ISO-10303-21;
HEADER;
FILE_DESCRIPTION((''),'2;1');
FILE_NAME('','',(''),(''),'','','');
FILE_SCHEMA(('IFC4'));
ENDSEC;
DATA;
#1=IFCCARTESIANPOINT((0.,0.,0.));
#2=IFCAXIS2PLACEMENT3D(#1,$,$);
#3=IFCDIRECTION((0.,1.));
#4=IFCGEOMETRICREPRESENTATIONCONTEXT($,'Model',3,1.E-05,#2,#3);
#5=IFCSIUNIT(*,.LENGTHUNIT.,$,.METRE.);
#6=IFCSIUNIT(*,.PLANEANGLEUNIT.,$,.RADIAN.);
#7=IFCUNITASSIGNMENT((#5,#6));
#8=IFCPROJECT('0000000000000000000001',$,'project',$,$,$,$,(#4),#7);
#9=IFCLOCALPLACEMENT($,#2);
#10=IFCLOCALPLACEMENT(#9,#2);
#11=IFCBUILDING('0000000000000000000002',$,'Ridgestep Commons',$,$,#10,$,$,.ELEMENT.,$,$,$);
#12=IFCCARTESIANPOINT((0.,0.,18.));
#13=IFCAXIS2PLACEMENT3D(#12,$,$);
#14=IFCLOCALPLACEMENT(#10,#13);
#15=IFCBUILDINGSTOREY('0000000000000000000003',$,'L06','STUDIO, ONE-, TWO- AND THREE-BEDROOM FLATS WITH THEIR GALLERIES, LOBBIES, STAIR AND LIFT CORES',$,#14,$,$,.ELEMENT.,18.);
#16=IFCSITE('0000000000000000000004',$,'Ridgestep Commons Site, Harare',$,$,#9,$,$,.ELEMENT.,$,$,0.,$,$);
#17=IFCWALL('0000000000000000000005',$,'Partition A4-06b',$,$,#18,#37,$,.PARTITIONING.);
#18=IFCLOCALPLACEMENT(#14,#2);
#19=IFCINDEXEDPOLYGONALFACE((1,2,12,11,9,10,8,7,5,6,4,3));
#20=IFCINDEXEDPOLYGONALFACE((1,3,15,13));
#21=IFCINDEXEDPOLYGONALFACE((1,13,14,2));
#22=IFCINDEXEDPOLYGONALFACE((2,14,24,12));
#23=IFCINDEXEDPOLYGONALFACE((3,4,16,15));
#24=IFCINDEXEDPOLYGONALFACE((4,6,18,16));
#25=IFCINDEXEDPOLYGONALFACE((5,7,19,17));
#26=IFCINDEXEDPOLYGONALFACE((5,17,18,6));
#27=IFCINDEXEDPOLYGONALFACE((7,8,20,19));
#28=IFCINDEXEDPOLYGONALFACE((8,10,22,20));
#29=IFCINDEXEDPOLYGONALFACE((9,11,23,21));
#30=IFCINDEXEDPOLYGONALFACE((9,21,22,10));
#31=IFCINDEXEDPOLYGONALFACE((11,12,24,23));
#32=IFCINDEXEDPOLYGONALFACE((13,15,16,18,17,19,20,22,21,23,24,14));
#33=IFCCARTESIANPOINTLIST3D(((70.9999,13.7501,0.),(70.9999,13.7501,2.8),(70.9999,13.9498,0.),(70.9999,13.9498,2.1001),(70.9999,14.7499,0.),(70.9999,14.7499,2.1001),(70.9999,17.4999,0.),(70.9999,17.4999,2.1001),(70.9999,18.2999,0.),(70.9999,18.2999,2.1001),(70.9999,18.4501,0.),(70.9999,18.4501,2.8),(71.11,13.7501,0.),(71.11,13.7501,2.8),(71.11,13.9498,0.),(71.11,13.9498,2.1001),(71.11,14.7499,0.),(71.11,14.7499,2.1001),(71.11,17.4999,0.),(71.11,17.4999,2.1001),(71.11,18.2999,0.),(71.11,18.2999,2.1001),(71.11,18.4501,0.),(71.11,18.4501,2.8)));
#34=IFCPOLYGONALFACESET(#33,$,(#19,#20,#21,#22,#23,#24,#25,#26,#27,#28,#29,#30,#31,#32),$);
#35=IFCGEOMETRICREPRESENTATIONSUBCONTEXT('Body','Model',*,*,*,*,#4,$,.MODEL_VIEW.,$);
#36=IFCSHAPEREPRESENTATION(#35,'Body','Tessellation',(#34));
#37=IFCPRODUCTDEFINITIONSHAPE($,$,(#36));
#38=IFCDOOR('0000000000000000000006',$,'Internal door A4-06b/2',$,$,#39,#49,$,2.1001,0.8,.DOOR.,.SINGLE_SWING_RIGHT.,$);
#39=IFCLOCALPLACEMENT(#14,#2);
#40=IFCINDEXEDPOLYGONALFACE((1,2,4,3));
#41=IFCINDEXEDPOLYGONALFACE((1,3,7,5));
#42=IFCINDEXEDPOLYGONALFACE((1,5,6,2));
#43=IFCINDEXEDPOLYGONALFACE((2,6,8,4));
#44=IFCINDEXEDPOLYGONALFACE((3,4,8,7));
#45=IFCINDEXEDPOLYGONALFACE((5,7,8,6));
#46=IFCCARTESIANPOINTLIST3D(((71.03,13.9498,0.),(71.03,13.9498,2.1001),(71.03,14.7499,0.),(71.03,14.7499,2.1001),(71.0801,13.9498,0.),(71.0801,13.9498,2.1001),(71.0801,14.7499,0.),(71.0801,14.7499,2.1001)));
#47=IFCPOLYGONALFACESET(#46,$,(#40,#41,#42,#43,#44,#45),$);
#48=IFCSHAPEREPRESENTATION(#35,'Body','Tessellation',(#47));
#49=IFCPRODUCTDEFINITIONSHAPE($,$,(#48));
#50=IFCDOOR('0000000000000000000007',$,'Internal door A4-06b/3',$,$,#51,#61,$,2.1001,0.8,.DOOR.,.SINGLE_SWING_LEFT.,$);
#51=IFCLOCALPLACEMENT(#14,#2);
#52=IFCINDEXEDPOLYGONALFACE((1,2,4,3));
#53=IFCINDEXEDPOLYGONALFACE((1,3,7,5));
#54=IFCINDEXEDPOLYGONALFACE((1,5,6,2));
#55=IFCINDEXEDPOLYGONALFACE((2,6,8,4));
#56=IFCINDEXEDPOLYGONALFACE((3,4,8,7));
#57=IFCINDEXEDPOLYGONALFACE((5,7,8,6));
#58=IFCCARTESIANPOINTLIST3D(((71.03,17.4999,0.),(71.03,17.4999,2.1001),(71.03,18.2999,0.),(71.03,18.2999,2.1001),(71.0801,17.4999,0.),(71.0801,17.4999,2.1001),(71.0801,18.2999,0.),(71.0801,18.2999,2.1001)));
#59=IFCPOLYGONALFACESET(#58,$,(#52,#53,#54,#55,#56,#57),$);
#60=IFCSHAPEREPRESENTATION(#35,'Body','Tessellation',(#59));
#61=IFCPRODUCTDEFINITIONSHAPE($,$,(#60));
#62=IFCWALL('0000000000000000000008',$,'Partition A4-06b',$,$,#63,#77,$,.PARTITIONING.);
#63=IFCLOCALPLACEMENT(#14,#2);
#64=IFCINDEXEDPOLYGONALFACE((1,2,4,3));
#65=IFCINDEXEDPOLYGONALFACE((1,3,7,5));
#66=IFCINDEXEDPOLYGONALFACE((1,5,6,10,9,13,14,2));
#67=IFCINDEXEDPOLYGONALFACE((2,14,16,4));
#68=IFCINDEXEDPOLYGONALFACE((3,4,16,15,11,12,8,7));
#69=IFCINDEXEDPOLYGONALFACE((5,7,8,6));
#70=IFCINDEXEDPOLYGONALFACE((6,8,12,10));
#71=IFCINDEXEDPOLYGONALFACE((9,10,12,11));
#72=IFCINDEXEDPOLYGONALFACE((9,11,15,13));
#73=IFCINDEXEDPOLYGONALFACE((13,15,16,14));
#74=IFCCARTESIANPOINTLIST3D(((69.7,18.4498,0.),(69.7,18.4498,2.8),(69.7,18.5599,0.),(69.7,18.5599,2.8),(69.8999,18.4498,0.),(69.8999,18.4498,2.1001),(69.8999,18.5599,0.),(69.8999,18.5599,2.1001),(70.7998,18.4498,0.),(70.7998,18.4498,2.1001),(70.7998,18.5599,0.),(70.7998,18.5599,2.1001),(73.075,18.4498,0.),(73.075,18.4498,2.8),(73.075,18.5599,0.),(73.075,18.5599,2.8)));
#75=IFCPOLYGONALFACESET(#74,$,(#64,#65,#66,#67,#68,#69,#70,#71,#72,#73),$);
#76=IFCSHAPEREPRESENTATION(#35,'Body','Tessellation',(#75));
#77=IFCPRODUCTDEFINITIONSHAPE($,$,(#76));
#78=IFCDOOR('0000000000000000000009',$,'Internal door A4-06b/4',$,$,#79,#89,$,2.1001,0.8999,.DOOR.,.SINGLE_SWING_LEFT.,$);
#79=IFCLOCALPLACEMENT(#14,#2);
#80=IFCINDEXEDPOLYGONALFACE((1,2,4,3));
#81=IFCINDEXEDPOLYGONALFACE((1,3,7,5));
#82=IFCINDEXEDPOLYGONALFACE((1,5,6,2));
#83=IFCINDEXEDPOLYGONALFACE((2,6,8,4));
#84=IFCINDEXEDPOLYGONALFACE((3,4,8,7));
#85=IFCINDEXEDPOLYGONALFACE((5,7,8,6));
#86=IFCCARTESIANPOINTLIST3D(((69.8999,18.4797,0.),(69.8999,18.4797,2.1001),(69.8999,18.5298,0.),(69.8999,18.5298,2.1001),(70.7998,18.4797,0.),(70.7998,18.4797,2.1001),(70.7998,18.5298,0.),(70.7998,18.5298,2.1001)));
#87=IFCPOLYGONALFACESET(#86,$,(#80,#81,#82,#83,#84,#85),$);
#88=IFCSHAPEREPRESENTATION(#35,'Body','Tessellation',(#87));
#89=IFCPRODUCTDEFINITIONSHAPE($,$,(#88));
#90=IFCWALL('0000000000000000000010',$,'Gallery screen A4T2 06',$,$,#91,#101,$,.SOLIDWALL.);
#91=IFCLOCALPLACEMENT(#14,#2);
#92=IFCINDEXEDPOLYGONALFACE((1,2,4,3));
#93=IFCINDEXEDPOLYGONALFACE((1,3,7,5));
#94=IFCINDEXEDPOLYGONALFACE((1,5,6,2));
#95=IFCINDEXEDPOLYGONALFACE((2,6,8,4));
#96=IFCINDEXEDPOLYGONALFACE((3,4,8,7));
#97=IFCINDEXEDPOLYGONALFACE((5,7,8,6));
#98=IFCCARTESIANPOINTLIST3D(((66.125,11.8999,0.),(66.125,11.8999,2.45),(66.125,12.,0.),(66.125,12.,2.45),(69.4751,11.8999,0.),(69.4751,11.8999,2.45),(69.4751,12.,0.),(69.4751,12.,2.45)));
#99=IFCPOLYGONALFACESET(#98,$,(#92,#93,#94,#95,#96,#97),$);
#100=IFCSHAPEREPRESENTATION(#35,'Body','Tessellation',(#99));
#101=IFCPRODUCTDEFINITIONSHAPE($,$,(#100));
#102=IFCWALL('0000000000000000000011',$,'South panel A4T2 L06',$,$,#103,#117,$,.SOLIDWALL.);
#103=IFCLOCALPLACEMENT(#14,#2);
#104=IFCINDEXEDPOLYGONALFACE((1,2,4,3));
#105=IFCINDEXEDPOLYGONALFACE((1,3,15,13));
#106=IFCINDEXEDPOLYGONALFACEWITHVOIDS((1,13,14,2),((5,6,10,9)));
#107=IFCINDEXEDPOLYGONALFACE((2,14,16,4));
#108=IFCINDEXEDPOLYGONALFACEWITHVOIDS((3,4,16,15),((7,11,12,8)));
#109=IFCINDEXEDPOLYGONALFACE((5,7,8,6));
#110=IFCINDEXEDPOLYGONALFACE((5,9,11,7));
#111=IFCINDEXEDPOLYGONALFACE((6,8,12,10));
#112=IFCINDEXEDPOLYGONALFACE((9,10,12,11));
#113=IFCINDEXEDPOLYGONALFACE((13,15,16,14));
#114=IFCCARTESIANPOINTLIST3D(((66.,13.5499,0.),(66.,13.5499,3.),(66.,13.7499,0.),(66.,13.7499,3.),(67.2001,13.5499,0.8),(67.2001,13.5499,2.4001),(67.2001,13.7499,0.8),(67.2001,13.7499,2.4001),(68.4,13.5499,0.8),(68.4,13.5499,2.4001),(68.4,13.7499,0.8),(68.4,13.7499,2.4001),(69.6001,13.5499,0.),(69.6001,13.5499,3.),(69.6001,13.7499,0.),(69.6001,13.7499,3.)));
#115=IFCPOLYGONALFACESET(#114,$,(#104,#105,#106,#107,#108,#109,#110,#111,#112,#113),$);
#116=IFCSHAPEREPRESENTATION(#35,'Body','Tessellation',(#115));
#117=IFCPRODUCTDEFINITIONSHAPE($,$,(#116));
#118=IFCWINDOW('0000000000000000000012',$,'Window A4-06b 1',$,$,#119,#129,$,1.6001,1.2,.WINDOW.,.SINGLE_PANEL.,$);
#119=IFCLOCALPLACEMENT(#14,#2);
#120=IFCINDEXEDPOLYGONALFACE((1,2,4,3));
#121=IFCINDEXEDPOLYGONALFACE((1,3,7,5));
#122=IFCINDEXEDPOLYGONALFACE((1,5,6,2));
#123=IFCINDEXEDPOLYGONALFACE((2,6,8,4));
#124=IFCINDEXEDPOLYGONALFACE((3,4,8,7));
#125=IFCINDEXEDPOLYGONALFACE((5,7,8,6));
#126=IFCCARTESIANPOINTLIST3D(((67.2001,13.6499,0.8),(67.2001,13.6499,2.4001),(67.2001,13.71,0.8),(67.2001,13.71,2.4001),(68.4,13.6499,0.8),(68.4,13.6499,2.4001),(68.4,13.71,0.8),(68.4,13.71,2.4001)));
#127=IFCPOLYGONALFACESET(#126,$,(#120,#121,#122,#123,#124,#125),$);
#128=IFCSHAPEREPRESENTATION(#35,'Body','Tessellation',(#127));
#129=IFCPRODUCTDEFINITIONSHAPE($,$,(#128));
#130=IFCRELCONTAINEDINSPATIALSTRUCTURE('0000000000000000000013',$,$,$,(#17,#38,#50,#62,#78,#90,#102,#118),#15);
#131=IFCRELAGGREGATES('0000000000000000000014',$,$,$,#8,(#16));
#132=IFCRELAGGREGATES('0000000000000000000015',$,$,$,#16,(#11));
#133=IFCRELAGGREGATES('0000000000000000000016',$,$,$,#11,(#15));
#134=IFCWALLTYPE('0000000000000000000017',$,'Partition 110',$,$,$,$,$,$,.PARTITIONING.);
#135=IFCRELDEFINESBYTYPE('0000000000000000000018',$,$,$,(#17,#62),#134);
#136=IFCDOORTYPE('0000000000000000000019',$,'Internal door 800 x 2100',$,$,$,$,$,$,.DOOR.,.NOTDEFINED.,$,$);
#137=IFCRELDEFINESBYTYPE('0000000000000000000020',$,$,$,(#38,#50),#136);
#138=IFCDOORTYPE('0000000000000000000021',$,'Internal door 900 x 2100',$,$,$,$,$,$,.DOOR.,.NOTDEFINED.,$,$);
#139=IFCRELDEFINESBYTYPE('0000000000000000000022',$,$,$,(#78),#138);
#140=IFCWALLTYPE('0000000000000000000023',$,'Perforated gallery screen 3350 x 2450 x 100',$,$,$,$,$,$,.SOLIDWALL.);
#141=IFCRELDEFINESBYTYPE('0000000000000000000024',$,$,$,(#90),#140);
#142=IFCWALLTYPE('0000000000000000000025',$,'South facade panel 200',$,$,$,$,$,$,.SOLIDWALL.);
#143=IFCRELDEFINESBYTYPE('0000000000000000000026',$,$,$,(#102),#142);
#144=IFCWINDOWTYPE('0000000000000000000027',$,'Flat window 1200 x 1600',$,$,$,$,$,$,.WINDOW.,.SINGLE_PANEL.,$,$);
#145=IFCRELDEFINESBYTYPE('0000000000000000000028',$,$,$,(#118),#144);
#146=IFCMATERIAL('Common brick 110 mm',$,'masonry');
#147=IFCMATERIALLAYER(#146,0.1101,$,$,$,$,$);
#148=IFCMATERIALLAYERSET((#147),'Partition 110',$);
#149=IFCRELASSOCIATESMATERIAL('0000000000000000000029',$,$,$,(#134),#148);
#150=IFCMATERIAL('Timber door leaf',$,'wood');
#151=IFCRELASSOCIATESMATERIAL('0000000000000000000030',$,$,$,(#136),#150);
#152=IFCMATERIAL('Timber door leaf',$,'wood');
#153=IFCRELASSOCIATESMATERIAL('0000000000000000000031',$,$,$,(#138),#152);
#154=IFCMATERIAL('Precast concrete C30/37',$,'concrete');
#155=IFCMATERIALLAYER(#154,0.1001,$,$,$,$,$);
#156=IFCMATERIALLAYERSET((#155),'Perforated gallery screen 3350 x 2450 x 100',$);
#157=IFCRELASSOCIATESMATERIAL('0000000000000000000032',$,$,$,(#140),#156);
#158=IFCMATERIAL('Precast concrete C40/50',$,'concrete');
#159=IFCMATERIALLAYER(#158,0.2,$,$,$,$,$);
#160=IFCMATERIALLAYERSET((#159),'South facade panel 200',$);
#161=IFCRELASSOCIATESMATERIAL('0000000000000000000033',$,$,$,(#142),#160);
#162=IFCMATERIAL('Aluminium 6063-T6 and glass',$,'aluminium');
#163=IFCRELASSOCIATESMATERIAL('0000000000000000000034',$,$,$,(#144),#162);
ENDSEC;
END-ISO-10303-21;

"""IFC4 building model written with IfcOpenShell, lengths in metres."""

from ifc_helpers import new_model, si_unit, direction, frame, frame_2d, origin, place, context, subcontext, project, spatial, rectangle, extrude, material, layer, layer_set, type_object, element, fill, save


model = new_model("IFC4")

# Units and contexts
model_context = context("Model", 3, precision=1e-05, world=origin(), true_north=direction((0.0, 1.0)))
body_context = subcontext(model_context, "Body", "Model", "MODEL_VIEW")
ifc_project = project(units=[si_unit("LENGTHUNIT", "METRE"), si_unit("PLANEANGLEUNIT", "RADIAN")], contexts=[model_context])

# Site, building, storey
site_placement = place(None, origin())
site = spatial("IfcSite", under=ifc_project, at=site_placement, Name="Ridgestep Commons Site, Harare", CompositionType="ELEMENT", RefElevation=0.0)
building_placement = place(site_placement, origin())
building = spatial("IfcBuilding", under=site, at=building_placement, Name="Ridgestep Commons", CompositionType="ELEMENT")
storey_placement = place(building_placement, frame((0.0, 0.0, 18.0)))
storey = spatial("IfcBuildingStorey", under=building, at=storey_placement, Name="L06", Description="STUDIO, ONE-, TWO- AND THREE-BEDROOM FLATS WITH THEIR GALLERIES, LOBBIES, STAIR AND LIFT CORES", CompositionType="ELEMENT", Elevation=18.0)

# Wall, openings, doors
ifc_material_1 = material(Name="Common brick 110 mm", Category="masonry")
ifc_layer_1 = layer(ifc_material_1, 0.1101)
ifc_layer_set_1 = layer_set([ifc_layer_1], Name="Partition 110")
wall_type_1 = type_object("IfcWallType", Name="Partition 110", PredefinedType="PARTITIONING", material=ifc_layer_set_1)
ifc_material_2 = material(Name="Timber door leaf", Category="wood")
door_type_1 = type_object("IfcDoorType", Name="Internal door 800 x 2100", OperationType="NOTDEFINED", PredefinedType="DOOR", material=ifc_material_2)
wall_1_placement = place(storey_placement, frame((71.0549, 13.75, 0.0), z_axis=(0.0, 0.0, 1.0), x_axis=(0.0, 1.0, 0.0)))
wall_1 = element("IfcWall", 1, at=wall_1_placement, inside=storey, type_object=wall_type_1, Name="Partition A4-06b", PredefinedType="PARTITIONING", context=body_context, shape_type="SweptSolid", body=[
    extrude(rectangle(XDim=4.7, YDim=0.1101, at=frame_2d((2.3501, 0.0))), origin(), (0.0, 0.0, 1.0), 2.8),
])
opening_1_placement = place(wall_1_placement, frame((0.2, 0.0, 0.0)))
opening_1 = element("IfcOpeningElement", 2, at=opening_1_placement, cuts=wall_1, PredefinedType="OPENING", context=body_context, shape_type="SweptSolid", body=[
    extrude(rectangle(XDim=0.8, YDim=2.1001, at=frame_2d((0.3999, 1.05))), frame((0.0, 0.0649, 0.0), z_axis=(0.0, -1.0, 0.0), x_axis=(1.0, 0.0, 0.0)), (0.0, 0.0, 1.0), 0.1301),
])
opening_2_placement = place(wall_1_placement, frame((3.75, 0.0, 0.0)))
opening_2 = element("IfcOpeningElement", 3, at=opening_2_placement, cuts=wall_1, PredefinedType="OPENING", context=body_context, shape_type="SweptSolid", body=[
    extrude(rectangle(XDim=0.8, YDim=2.1001, at=frame_2d((0.3999, 1.05))), frame((0.0, 0.0649, 0.0), z_axis=(0.0, -1.0, 0.0), x_axis=(1.0, 0.0, 0.0)), (0.0, 0.0, 1.0), 0.1301),
])
door_1_placement = place(opening_1_placement, origin())
door_1 = element("IfcDoor", 4, at=door_1_placement, inside=storey, type_object=door_type_1, Name="Internal door A4-06b/2", OperationType="SINGLE_SWING_RIGHT", OverallHeight=2.1001, OverallWidth=0.8, PredefinedType="DOOR", context=body_context, shape_type="SweptSolid", body=[
    extrude(rectangle(XDim=0.8, YDim=2.1001, at=frame_2d((0.3999, 1.05))), frame((0.0, 0.0249, 0.0), z_axis=(0.0, -1.0, 0.0), x_axis=(1.0, 0.0, 0.0)), (0.0, 0.0, 1.0), 0.05),
])
fill(opening_1, door_1)
door_2_placement = place(opening_2_placement, origin())
door_2 = element("IfcDoor", 5, at=door_2_placement, inside=storey, type_object=door_type_1, Name="Internal door A4-06b/3", OperationType="SINGLE_SWING_LEFT", OverallHeight=2.1001, OverallWidth=0.8, PredefinedType="DOOR", context=body_context, shape_type="SweptSolid", body=[
    extrude(rectangle(XDim=0.8, YDim=2.1001, at=frame_2d((0.3999, 1.05))), frame((0.0, 0.0249, 0.0), z_axis=(0.0, -1.0, 0.0), x_axis=(1.0, 0.0, 0.0)), (0.0, 0.0, 1.0), 0.05),
])
fill(opening_2, door_2)

# Wall, opening, door
wall_2_placement = place(storey_placement, frame((69.7, 18.5049, 0.0), z_axis=(0.0, 0.0, 1.0), x_axis=(1.0, 0.0, 0.0)))
wall_2 = element("IfcWall", 6, at=wall_2_placement, inside=storey, type_object=wall_type_1, Name="Partition A4-06b", PredefinedType="PARTITIONING", context=body_context, shape_type="SweptSolid", body=[
    extrude(rectangle(XDim=3.375, YDim=0.1101, at=frame_2d((1.6875, 0.0))), origin(), (0.0, 0.0, 1.0), 2.8),
])
opening_3_placement = place(wall_2_placement, frame((0.2, 0.0, 0.0)))
opening_3 = element("IfcOpeningElement", 7, at=opening_3_placement, cuts=wall_2, PredefinedType="OPENING", context=body_context, shape_type="SweptSolid", body=[
    extrude(rectangle(XDim=0.8999, YDim=2.1001, at=frame_2d((0.45, 1.05))), frame((0.0, 0.0649, 0.0), z_axis=(0.0, -1.0, 0.0), x_axis=(1.0, 0.0, 0.0)), (0.0, 0.0, 1.0), 0.1301),
])
ifc_material_3 = material(Name="Timber door leaf", Category="wood")
door_type_2 = type_object("IfcDoorType", Name="Internal door 900 x 2100", OperationType="NOTDEFINED", PredefinedType="DOOR", material=ifc_material_3)
door_3_placement = place(opening_3_placement, origin())
door_3 = element("IfcDoor", 8, at=door_3_placement, inside=storey, type_object=door_type_2, Name="Internal door A4-06b/4", OperationType="SINGLE_SWING_LEFT", OverallHeight=2.1001, OverallWidth=0.8999, PredefinedType="DOOR", context=body_context, shape_type="SweptSolid", body=[
    extrude(rectangle(XDim=0.8999, YDim=2.1001, at=frame_2d((0.45, 1.05))), frame((0.0, 0.0249, 0.0), z_axis=(0.0, -1.0, 0.0), x_axis=(1.0, 0.0, 0.0)), (0.0, 0.0, 1.0), 0.05),
])
fill(opening_3, door_3)

# Wall
ifc_material_4 = material(Name="Precast concrete C30/37", Category="concrete")
ifc_layer_2 = layer(ifc_material_4, 0.1001)
ifc_layer_set_2 = layer_set([ifc_layer_2], Name="Perforated gallery screen 3350 x 2450 x 100")
wall_type_2 = type_object("IfcWallType", Name="Perforated gallery screen 3350 x 2450 x 100", PredefinedType="SOLIDWALL", material=ifc_layer_set_2)
wall_3_placement = place(storey_placement, frame((66.125, 11.95, 0.0), z_axis=(0.0, 0.0, 1.0), x_axis=(1.0, 0.0, 0.0)))
element("IfcWall", 9, at=wall_3_placement, inside=storey, type_object=wall_type_2, Name="Gallery screen A4T2 06", PredefinedType="SOLIDWALL", context=body_context, shape_type="SweptSolid", body=[
    extrude(rectangle(XDim=3.3501, YDim=0.1001, at=frame_2d((1.675, 0.0))), origin(), (0.0, 0.0, 1.0), 2.45),
])

# Wall, opening, window
ifc_material_5 = material(Name="Precast concrete C40/50", Category="concrete")
ifc_layer_3 = layer(ifc_material_5, 0.2)
ifc_layer_set_3 = layer_set([ifc_layer_3], Name="South facade panel 200")
wall_type_3 = type_object("IfcWallType", Name="South facade panel 200", PredefinedType="SOLIDWALL", material=ifc_layer_set_3)
wall_4_placement = place(storey_placement, frame((66.0, 13.6499, 0.0), z_axis=(0.0, 0.0, 1.0), x_axis=(1.0, 0.0, 0.0)))
wall_4 = element("IfcWall", 10, at=wall_4_placement, inside=storey, type_object=wall_type_3, Name="South panel A4T2 L06", PredefinedType="SOLIDWALL", context=body_context, shape_type="SweptSolid", body=[
    extrude(rectangle(XDim=3.6001, YDim=0.2, at=frame_2d((1.8, 0.0))), origin(), (0.0, 0.0, 1.0), 3.0),
])
opening_4_placement = place(wall_4_placement, frame((1.2, 0.0, 0.8)))
opening_4 = element("IfcOpeningElement", 11, at=opening_4_placement, cuts=wall_4, PredefinedType="OPENING", context=body_context, shape_type="SweptSolid", body=[
    extrude(rectangle(XDim=1.2, YDim=1.6001, at=frame_2d((0.6001, 0.8))), frame((0.0, 0.1099, 0.0), z_axis=(0.0, -1.0, 0.0), x_axis=(1.0, 0.0, 0.0)), (0.0, 0.0, 1.0), 0.22),
])
ifc_material_6 = material(Name="Aluminium 6063-T6 and glass", Category="aluminium")
window_type_1 = type_object("IfcWindowType", Name="Flat window 1200 x 1600", PartitioningType="SINGLE_PANEL", PredefinedType="WINDOW", material=ifc_material_6)
window_1_placement = place(opening_4_placement, origin())
window_1 = element("IfcWindow", 12, at=window_1_placement, inside=storey, type_object=window_type_1, Name="Window A4-06b 1", OverallHeight=1.6001, OverallWidth=1.2, PartitioningType="SINGLE_PANEL", PredefinedType="WINDOW", context=body_context, shape_type="SweptSolid", body=[
    extrude(rectangle(XDim=1.2, YDim=1.6001, at=frame_2d((0.6001, 0.8))), frame((0.0, 0.0601, 0.0), z_axis=(0.0, -1.0, 0.0), x_axis=(1.0, 0.0, 0.0)), (0.0, 0.0, 1.0), 0.0601),
])
fill(opening_4, window_1)

save(model, "model.ifc")
